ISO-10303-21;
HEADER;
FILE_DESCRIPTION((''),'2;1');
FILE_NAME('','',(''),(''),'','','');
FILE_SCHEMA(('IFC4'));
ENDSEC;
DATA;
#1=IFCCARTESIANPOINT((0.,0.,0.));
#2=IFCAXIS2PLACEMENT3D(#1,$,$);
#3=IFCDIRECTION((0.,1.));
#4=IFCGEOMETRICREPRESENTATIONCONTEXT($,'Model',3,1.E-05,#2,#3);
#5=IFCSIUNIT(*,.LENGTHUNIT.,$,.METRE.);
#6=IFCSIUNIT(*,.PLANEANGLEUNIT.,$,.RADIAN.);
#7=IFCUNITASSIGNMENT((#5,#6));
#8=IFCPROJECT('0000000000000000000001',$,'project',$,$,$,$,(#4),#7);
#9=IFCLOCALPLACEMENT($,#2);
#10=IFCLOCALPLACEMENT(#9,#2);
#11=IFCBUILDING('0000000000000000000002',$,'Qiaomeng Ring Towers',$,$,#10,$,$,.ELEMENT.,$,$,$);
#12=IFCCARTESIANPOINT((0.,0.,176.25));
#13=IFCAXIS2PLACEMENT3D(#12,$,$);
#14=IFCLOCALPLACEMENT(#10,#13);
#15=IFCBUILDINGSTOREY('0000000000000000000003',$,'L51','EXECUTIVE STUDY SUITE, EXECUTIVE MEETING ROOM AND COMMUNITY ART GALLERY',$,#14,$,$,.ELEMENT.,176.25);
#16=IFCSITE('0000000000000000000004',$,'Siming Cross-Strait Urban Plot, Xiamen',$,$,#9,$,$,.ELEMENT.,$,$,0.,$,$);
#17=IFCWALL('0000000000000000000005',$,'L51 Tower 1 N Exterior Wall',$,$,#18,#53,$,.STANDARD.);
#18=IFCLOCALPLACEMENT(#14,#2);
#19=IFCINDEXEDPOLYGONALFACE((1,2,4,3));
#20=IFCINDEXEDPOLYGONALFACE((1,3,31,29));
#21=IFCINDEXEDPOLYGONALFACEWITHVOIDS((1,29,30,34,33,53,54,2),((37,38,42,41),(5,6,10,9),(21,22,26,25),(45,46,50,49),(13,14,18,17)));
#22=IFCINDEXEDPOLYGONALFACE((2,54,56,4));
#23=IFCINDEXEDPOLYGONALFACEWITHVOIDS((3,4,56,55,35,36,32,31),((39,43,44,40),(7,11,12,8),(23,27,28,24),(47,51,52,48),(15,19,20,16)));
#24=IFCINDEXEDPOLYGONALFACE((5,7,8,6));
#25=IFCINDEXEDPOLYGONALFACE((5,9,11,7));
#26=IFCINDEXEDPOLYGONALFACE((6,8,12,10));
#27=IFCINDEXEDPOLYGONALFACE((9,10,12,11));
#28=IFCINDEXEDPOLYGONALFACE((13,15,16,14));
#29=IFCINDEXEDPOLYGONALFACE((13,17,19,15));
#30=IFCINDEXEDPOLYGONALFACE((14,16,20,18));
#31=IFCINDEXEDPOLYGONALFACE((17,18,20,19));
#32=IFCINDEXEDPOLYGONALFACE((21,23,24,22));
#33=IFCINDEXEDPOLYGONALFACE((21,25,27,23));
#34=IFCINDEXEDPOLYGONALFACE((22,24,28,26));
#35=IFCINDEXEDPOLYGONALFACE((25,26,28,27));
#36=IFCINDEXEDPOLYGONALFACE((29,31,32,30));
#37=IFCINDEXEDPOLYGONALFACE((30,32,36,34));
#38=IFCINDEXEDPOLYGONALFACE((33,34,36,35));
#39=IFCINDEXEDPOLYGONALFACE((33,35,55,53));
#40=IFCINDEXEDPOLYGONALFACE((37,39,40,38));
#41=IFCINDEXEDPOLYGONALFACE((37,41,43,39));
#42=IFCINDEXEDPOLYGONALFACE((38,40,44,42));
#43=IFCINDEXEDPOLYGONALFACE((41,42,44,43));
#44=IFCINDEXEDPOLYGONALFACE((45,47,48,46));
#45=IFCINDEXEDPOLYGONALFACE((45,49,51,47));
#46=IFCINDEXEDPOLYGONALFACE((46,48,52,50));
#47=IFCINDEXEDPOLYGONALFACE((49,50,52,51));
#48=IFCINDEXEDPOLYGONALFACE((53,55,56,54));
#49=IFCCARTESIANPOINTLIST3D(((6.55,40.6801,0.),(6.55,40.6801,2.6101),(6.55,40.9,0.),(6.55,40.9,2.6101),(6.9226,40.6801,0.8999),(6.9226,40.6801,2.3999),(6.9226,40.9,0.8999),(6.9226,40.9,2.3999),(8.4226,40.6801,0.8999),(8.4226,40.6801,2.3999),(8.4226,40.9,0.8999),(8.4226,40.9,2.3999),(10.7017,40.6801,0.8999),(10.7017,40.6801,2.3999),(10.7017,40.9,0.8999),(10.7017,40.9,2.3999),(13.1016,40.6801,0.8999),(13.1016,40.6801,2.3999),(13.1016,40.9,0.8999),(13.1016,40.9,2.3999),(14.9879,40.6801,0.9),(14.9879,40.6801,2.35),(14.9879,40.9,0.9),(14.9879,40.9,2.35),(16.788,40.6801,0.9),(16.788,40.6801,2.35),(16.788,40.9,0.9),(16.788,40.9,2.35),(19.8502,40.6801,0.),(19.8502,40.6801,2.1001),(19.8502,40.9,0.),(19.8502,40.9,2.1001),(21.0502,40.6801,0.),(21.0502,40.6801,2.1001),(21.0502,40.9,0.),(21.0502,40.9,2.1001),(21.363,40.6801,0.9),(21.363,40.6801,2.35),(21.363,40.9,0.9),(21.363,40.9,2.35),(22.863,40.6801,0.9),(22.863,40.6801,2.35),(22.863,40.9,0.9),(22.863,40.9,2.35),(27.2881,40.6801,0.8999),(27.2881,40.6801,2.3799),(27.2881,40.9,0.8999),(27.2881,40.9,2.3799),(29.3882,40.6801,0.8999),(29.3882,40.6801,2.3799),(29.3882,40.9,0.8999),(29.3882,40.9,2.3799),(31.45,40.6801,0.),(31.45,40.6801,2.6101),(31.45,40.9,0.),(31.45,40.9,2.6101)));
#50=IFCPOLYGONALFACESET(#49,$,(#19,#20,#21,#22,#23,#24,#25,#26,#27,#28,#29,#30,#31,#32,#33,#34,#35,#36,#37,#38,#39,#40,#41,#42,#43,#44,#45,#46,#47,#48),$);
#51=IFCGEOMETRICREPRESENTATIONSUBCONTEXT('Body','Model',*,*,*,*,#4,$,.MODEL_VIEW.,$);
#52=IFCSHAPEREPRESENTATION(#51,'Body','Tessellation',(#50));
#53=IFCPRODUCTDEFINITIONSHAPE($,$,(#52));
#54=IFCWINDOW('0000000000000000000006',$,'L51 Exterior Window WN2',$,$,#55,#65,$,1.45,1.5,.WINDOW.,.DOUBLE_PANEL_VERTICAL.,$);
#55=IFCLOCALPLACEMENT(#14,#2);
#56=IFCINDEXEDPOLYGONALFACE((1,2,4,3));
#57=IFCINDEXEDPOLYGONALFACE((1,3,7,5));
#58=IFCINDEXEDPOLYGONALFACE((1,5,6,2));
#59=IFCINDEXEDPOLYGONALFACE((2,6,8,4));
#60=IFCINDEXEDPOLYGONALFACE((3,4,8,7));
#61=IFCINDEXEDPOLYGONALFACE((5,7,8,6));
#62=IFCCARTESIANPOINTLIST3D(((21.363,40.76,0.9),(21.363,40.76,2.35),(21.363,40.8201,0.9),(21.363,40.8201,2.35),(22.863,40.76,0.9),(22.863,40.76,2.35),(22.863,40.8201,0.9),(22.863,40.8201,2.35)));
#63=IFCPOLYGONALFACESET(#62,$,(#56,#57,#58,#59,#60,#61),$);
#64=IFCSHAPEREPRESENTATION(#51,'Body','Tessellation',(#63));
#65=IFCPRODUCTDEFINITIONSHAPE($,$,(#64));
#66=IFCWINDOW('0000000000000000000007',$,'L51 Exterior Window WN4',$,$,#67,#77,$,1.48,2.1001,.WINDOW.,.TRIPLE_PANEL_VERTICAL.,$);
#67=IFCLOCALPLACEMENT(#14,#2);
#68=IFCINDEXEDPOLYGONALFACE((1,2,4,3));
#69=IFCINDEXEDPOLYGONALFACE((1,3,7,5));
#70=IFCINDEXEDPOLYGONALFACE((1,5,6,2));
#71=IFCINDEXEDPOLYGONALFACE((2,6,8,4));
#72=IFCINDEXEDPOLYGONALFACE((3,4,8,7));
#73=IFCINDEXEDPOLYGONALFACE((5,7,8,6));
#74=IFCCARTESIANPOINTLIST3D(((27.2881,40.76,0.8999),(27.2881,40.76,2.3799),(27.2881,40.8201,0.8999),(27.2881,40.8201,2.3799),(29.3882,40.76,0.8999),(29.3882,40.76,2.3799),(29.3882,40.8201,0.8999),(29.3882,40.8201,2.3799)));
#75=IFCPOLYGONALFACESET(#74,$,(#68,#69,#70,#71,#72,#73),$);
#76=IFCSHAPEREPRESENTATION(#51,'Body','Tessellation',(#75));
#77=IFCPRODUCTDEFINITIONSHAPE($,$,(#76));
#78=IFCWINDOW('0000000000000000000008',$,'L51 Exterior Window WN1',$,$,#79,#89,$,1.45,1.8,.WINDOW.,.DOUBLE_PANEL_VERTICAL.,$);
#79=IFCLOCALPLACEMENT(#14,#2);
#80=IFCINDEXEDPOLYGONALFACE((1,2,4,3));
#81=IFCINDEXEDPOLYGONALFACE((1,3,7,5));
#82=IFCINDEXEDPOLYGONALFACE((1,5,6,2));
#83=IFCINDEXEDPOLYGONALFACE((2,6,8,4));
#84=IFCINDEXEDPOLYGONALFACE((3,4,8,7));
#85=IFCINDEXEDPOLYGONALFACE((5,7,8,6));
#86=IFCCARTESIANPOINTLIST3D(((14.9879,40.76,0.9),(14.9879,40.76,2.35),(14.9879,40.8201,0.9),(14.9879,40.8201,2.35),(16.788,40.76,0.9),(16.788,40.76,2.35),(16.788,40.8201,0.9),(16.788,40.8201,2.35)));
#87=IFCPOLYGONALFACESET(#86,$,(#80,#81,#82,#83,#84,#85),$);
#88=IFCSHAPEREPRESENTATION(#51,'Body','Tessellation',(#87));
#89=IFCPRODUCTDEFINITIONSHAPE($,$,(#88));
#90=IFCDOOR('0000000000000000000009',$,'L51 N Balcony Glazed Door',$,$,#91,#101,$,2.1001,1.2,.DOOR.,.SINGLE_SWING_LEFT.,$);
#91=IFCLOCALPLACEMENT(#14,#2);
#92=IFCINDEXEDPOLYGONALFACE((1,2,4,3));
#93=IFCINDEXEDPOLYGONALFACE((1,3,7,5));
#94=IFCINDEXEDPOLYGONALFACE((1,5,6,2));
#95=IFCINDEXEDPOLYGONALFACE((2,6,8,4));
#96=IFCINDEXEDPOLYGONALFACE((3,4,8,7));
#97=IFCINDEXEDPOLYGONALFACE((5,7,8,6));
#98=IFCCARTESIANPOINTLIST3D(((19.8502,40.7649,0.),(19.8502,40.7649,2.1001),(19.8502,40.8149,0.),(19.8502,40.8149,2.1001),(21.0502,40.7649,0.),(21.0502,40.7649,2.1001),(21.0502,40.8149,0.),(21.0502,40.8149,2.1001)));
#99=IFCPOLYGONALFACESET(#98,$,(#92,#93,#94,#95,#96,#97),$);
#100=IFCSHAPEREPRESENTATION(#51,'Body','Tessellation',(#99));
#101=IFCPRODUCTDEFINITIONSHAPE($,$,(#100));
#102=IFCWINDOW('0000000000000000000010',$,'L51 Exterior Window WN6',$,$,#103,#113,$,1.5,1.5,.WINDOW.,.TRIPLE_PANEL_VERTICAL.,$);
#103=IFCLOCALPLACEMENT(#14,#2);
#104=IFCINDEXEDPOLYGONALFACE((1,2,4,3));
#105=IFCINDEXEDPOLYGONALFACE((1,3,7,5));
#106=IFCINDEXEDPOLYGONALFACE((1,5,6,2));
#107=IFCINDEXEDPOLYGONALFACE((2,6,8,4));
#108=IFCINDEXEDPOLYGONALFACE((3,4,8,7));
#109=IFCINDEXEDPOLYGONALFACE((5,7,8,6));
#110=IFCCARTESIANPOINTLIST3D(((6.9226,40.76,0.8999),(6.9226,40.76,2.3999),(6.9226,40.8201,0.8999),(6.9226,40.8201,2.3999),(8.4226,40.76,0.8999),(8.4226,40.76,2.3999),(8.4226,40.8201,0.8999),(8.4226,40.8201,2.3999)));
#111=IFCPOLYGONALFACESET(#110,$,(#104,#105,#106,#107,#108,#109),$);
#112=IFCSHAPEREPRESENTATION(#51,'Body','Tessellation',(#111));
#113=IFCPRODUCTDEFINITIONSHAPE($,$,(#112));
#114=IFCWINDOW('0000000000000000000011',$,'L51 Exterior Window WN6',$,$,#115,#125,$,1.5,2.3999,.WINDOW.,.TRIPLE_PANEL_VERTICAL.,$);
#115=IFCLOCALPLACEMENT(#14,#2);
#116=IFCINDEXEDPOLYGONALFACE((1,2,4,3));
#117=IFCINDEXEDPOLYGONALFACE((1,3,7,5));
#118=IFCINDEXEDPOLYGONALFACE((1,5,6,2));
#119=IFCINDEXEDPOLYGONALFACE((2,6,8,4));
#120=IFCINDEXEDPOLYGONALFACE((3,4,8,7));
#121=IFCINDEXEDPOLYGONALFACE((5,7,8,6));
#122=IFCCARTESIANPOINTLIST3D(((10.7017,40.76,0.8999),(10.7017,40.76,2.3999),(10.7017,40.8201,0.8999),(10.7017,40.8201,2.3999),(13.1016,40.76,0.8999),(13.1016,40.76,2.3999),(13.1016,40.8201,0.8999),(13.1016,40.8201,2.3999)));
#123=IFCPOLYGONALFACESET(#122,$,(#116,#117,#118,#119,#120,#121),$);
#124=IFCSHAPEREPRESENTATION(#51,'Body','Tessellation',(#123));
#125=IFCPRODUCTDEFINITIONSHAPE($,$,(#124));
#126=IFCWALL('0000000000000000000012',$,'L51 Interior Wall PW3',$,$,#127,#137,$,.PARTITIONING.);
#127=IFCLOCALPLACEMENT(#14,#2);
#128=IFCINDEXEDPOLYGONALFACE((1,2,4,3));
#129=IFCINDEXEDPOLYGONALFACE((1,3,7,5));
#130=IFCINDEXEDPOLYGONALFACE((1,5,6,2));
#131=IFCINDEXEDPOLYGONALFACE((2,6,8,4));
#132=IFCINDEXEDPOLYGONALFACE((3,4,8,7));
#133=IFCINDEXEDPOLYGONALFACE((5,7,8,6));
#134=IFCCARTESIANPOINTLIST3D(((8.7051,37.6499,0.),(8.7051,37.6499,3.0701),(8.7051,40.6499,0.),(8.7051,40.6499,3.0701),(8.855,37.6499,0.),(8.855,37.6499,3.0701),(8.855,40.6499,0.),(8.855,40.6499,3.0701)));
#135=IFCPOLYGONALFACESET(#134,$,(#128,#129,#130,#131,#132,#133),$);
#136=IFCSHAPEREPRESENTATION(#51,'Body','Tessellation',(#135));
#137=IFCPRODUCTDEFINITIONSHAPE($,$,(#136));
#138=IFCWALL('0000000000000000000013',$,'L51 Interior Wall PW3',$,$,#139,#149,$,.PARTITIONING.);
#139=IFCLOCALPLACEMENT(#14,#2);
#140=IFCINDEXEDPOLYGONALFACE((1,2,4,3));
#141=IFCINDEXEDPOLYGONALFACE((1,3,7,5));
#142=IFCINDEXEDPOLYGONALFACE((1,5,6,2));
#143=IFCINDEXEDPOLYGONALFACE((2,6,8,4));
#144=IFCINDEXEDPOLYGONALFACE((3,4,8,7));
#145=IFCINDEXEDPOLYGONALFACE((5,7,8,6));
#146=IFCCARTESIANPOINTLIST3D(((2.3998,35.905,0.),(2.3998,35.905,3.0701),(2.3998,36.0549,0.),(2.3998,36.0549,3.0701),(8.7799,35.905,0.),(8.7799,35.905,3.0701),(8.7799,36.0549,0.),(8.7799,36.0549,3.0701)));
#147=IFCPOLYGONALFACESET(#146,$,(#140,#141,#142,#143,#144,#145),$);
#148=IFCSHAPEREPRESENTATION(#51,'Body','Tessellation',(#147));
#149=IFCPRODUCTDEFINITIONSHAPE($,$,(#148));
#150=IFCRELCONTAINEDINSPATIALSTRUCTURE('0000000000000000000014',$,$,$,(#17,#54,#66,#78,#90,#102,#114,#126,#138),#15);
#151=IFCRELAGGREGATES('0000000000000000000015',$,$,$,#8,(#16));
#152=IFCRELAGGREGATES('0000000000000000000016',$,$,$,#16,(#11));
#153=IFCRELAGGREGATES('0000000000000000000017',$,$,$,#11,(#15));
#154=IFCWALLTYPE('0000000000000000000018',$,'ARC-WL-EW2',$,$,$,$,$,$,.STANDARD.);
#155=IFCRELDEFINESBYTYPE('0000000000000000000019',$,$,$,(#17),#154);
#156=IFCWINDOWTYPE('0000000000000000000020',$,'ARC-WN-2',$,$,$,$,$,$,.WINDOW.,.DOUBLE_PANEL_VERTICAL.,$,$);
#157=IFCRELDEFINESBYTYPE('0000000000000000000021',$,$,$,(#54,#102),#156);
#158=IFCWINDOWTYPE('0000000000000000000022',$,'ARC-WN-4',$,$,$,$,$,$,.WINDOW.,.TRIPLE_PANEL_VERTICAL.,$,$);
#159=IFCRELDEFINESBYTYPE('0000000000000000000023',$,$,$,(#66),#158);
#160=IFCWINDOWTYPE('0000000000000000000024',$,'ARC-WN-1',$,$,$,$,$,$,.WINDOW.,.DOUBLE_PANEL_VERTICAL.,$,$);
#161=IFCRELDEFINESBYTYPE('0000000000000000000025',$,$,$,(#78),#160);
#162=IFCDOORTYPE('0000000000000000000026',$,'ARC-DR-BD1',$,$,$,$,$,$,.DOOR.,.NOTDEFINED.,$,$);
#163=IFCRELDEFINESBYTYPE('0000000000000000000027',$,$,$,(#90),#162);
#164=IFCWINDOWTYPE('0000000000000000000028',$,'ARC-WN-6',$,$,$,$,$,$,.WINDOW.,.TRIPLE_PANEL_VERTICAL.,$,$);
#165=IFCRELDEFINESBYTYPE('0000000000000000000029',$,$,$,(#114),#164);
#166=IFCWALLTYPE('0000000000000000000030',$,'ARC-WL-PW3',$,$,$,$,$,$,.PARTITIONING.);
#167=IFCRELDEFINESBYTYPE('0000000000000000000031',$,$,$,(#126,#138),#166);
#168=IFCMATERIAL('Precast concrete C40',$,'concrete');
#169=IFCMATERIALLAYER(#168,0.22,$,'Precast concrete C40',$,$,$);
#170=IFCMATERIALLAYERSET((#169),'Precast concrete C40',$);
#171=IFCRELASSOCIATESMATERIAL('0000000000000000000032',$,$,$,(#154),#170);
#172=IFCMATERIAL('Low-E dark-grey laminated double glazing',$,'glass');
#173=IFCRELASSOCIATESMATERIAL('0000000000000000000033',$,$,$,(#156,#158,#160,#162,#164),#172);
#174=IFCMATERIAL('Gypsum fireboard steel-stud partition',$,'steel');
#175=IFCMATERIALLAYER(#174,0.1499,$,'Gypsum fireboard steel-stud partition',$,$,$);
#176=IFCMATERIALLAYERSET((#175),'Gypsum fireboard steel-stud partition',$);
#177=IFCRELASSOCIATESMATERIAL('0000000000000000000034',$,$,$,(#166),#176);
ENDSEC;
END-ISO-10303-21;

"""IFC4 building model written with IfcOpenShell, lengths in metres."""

from ifc_helpers import new_model, si_unit, direction, frame, frame_2d, origin, place, context, subcontext, project, spatial, rectangle, extrude, source, transform, mapped, material, layer, layer_set, type_object, element, fill, save


model = new_model("IFC4")

# Units and contexts
model_context = context("Model", 3, precision=1e-05, world=origin(), true_north=direction((0.0, 1.0)))
body_context = subcontext(model_context, "Body", "Model", "MODEL_VIEW")
ifc_project = project(units=[si_unit("LENGTHUNIT", "METRE"), si_unit("PLANEANGLEUNIT", "RADIAN")], contexts=[model_context])

# Site, building, storey
site_placement = place(None, origin())
site = spatial("IfcSite", under=ifc_project, at=site_placement, Name="Siming Cross-Strait Urban Plot, Xiamen", CompositionType="ELEMENT", RefElevation=0.0)
building_placement = place(site_placement, origin())
building = spatial("IfcBuilding", under=site, at=building_placement, Name="Qiaomeng Ring Towers", CompositionType="ELEMENT")
storey_placement = place(building_placement, frame((0.0, 0.0, 176.25)))
storey = spatial("IfcBuildingStorey", under=building, at=storey_placement, Name="L51", Description="EXECUTIVE STUDY SUITE, EXECUTIVE MEETING ROOM AND COMMUNITY ART GALLERY", CompositionType="ELEMENT", Elevation=176.25)

# Shared definitions
ifc_material_1 = material(Name="Low-E dark-grey laminated double glazing", Category="glass")

# Wall, openings, windows, door
ifc_material_2 = material(Name="Precast concrete C40", Category="concrete")
ifc_layer_1 = layer(ifc_material_2, 0.22, Name="Precast concrete C40")
ifc_layer_set_1 = layer_set([ifc_layer_1], Name="Precast concrete C40")
wall_type_1 = type_object("IfcWallType", Name="ARC-WL-EW2", PredefinedType="STANDARD", material=ifc_layer_set_1)
wall_1_placement = place(storey_placement, frame((6.55, 40.79, 0.0), z_axis=(0.0, 0.0, 1.0), x_axis=(1.0, 0.0, 0.0)))
wall_1 = element("IfcWall", 1, at=wall_1_placement, inside=storey, type_object=wall_type_1, Name="L51 Tower 1 N Exterior Wall", PredefinedType="STANDARD", context=body_context, shape_type="SweptSolid", body=[
    extrude(rectangle(XDim=24.8999, YDim=0.22, at=frame_2d((12.45, 0.0))), origin(), (0.0, 0.0, 1.0), 2.6101),
])
opening_1_placement = place(wall_1_placement, frame((13.3, 0.0, 0.0)))
opening_1 = element("IfcOpeningElement", 2, at=opening_1_placement, cuts=wall_1, PredefinedType="OPENING", context=body_context, shape_type="SweptSolid", body=[
    extrude(rectangle(XDim=1.2, YDim=2.1001, at=frame_2d((0.6001, 1.05))), frame((0.0, 0.1199, 0.0), z_axis=(0.0, -1.0, 0.0), x_axis=(1.0, 0.0, 0.0)), (0.0, 0.0, 1.0), 0.24),
])
opening_2_placement = place(wall_1_placement, frame((0.3726, 0.0, 0.8999)))
opening_2 = element("IfcOpeningElement", 3, at=opening_2_placement, cuts=wall_1, PredefinedType="OPENING", context=body_context, shape_type="SweptSolid", body=[
    extrude(rectangle(XDim=1.5, YDim=1.5, at=frame_2d((0.75, 0.75))), frame((0.0, 0.1199, 0.0), z_axis=(0.0, -1.0, 0.0), x_axis=(1.0, 0.0, 0.0)), (0.0, 0.0, 1.0), 0.24),
])
opening_3_placement = place(wall_1_placement, frame((8.438, 0.0, 0.8999)))
opening_3 = element("IfcOpeningElement", 4, at=opening_3_placement, cuts=wall_1, PredefinedType="OPENING", context=body_context, shape_type="SweptSolid", body=[
    extrude(rectangle(XDim=1.8, YDim=1.45, at=frame_2d((0.8999, 0.7251))), frame((0.0, 0.1199, 0.0), z_axis=(0.0, -1.0, 0.0), x_axis=(1.0, 0.0, 0.0)), (0.0, 0.0, 1.0), 0.24),
])
opening_4_placement = place(wall_1_placement, frame((14.813, 0.0, 0.8999)))
opening_4 = element("IfcOpeningElement", 5, at=opening_4_placement, cuts=wall_1, PredefinedType="OPENING", context=body_context, shape_type="SweptSolid", body=[
    extrude(rectangle(XDim=1.5, YDim=1.45, at=frame_2d((0.75, 0.7251))), frame((0.0, 0.1199, 0.0), z_axis=(0.0, -1.0, 0.0), x_axis=(1.0, 0.0, 0.0)), (0.0, 0.0, 1.0), 0.24),
])
opening_5_placement = place(wall_1_placement, frame((20.738, 0.0, 0.8999)))
opening_5 = element("IfcOpeningElement", 6, at=opening_5_placement, cuts=wall_1, PredefinedType="OPENING", context=body_context, shape_type="SweptSolid", body=[
    extrude(rectangle(XDim=2.1001, YDim=1.48, at=frame_2d((1.05, 0.74))), frame((0.0, 0.1199, 0.0), z_axis=(0.0, -1.0, 0.0), x_axis=(1.0, 0.0, 0.0)), (0.0, 0.0, 1.0), 0.24),
])
opening_6_placement = place(wall_1_placement, frame((4.1516, 0.0, 0.8999)))
opening_6 = element("IfcOpeningElement", 7, at=opening_6_placement, cuts=wall_1, PredefinedType="OPENING", context=body_context, shape_type="SweptSolid", body=[
    extrude(rectangle(XDim=2.3999, YDim=1.5, at=frame_2d((1.2, 0.75))), frame((0.0, 0.1199, 0.0), z_axis=(0.0, -1.0, 0.0), x_axis=(1.0, 0.0, 0.0)), (0.0, 0.0, 1.0), 0.24),
])
window_type_1 = type_object("IfcWindowType", Name="ARC-WN-2", PartitioningType="DOUBLE_PANEL_VERTICAL", PredefinedType="WINDOW", material=ifc_material_1)
shared_shape_1 = source(origin(), body_context, "Body", "SweptSolid", [
    extrude(rectangle(XDim=1.5, YDim=1.45, at=frame_2d((0.75, 0.7251))), frame((0.0, 0.03, 0.0), z_axis=(0.0, -1.0, 0.0), x_axis=(1.0, 0.0, 0.0)), (0.0, 0.0, 1.0), 0.0601),
])
window_1_placement = place(opening_4_placement, origin())
window_1 = element("IfcWindow", 8, at=window_1_placement, inside=storey, type_object=window_type_1, Name="L51 Exterior Window WN2", OverallHeight=1.45, OverallWidth=1.5, PartitioningType="DOUBLE_PANEL_VERTICAL", PredefinedType="WINDOW", context=body_context, shape_type="MappedRepresentation", body=[
    mapped(shared_shape_1, transform((0.0, 0.0, 0.0), x_axis=(1.0, 0.0, 0.0), y_axis=(0.0, 1.0, 0.0), z_axis=(0.0, 0.0, 1.0), scale=1.0)),
])
fill(opening_4, window_1)
window_type_2 = type_object("IfcWindowType", Name="ARC-WN-4", PartitioningType="TRIPLE_PANEL_VERTICAL", PredefinedType="WINDOW", material=ifc_material_1)
shared_shape_2 = source(origin(), body_context, "Body", "SweptSolid", [
    extrude(rectangle(XDim=2.1001, YDim=1.48, at=frame_2d((1.05, 0.74))), frame((0.0, 0.03, 0.0), z_axis=(0.0, -1.0, 0.0), x_axis=(1.0, 0.0, 0.0)), (0.0, 0.0, 1.0), 0.0601),
])
window_2_placement = place(opening_5_placement, origin())
window_2 = element("IfcWindow", 9, at=window_2_placement, inside=storey, type_object=window_type_2, Name="L51 Exterior Window WN4", OverallHeight=1.48, OverallWidth=2.1001, PartitioningType="TRIPLE_PANEL_VERTICAL", PredefinedType="WINDOW", context=body_context, shape_type="MappedRepresentation", body=[
    mapped(shared_shape_2, transform((0.0, 0.0, 0.0), x_axis=(1.0, 0.0, 0.0), y_axis=(0.0, 1.0, 0.0), z_axis=(0.0, 0.0, 1.0), scale=1.0)),
])
fill(opening_5, window_2)
window_type_3 = type_object("IfcWindowType", Name="ARC-WN-1", PartitioningType="DOUBLE_PANEL_VERTICAL", PredefinedType="WINDOW", material=ifc_material_1)
shared_shape_3 = source(origin(), body_context, "Body", "SweptSolid", [
    extrude(rectangle(XDim=1.8, YDim=1.45, at=frame_2d((0.8999, 0.7251))), frame((0.0, 0.03, 0.0), z_axis=(0.0, -1.0, 0.0), x_axis=(1.0, 0.0, 0.0)), (0.0, 0.0, 1.0), 0.0601),
])
window_3_placement = place(opening_3_placement, origin())
window_3 = element("IfcWindow", 10, at=window_3_placement, inside=storey, type_object=window_type_3, Name="L51 Exterior Window WN1", OverallHeight=1.45, OverallWidth=1.8, PartitioningType="DOUBLE_PANEL_VERTICAL", PredefinedType="WINDOW", context=body_context, shape_type="MappedRepresentation", body=[
    mapped(shared_shape_3, transform((0.0, 0.0, 0.0), x_axis=(1.0, 0.0, 0.0), y_axis=(0.0, 1.0, 0.0), z_axis=(0.0, 0.0, 1.0), scale=1.0)),
])
fill(opening_3, window_3)
door_type = type_object("IfcDoorType", Name="ARC-DR-BD1", OperationType="NOTDEFINED", PredefinedType="DOOR", material=ifc_material_1)
shared_shape_4 = source(origin(), body_context, "Body", "SweptSolid", [
    extrude(rectangle(XDim=1.2, YDim=2.1001, at=frame_2d((0.6001, 1.05))), frame((0.0, 0.0249, 0.0), z_axis=(0.0, -1.0, 0.0), x_axis=(1.0, 0.0, 0.0)), (0.0, 0.0, 1.0), 0.05),
])
door_placement = place(opening_1_placement, origin())
door = element("IfcDoor", 11, at=door_placement, inside=storey, type_object=door_type, Name="L51 N Balcony Glazed Door", OperationType="SINGLE_SWING_LEFT", OverallHeight=2.1001, OverallWidth=1.2, PredefinedType="DOOR", context=body_context, shape_type="MappedRepresentation", body=[
    mapped(shared_shape_4, transform((0.0, 0.0, 0.0), x_axis=(1.0, 0.0, 0.0), y_axis=(0.0, 1.0, 0.0), z_axis=(0.0, 0.0, 1.0), scale=1.0)),
])
fill(opening_1, door)
shared_shape_5 = source(origin(), body_context, "Body", "SweptSolid", [
    extrude(rectangle(XDim=1.5, YDim=1.5, at=frame_2d((0.75, 0.75))), frame((0.0, 0.03, 0.0), z_axis=(0.0, -1.0, 0.0), x_axis=(1.0, 0.0, 0.0)), (0.0, 0.0, 1.0), 0.0601),
])
window_4_placement = place(opening_2_placement, origin())
window_4 = element("IfcWindow", 12, at=window_4_placement, inside=storey, type_object=window_type_1, Name="L51 Exterior Window WN6", OverallHeight=1.5, OverallWidth=1.5, PartitioningType="TRIPLE_PANEL_VERTICAL", PredefinedType="WINDOW", context=body_context, shape_type="MappedRepresentation", body=[
    mapped(shared_shape_5, transform((0.0, 0.0, 0.0), x_axis=(1.0, 0.0, 0.0), y_axis=(0.0, 1.0, 0.0), z_axis=(0.0, 0.0, 1.0), scale=1.0)),
])
fill(opening_2, window_4)
window_type_4 = type_object("IfcWindowType", Name="ARC-WN-6", PartitioningType="TRIPLE_PANEL_VERTICAL", PredefinedType="WINDOW", material=ifc_material_1)
shared_shape_6 = source(origin(), body_context, "Body", "SweptSolid", [
    extrude(rectangle(XDim=2.3999, YDim=1.5, at=frame_2d((1.2, 0.75))), frame((0.0, 0.03, 0.0), z_axis=(0.0, -1.0, 0.0), x_axis=(1.0, 0.0, 0.0)), (0.0, 0.0, 1.0), 0.0601),
])
window_5_placement = place(opening_6_placement, origin())
window_5 = element("IfcWindow", 13, at=window_5_placement, inside=storey, type_object=window_type_4, Name="L51 Exterior Window WN6", OverallHeight=1.5, OverallWidth=2.3999, PartitioningType="TRIPLE_PANEL_VERTICAL", PredefinedType="WINDOW", context=body_context, shape_type="MappedRepresentation", body=[
    mapped(shared_shape_6, transform((0.0, 0.0, 0.0), x_axis=(1.0, 0.0, 0.0), y_axis=(0.0, 1.0, 0.0), z_axis=(0.0, 0.0, 1.0), scale=1.0)),
])
fill(opening_6, window_5)

# Walls
ifc_material_3 = material(Name="Gypsum fireboard steel-stud partition", Category="steel")
ifc_layer_2 = layer(ifc_material_3, 0.1499, Name="Gypsum fireboard steel-stud partition")
ifc_layer_set_2 = layer_set([ifc_layer_2], Name="Gypsum fireboard steel-stud partition")
wall_type_2 = type_object("IfcWallType", Name="ARC-WL-PW3", PredefinedType="PARTITIONING", material=ifc_layer_set_2)
wall_2_placement = place(storey_placement, frame((8.78, 37.6499, 0.0), z_axis=(0.0, 0.0, 1.0), x_axis=(0.0, 1.0, 0.0)))
element("IfcWall", 14, at=wall_2_placement, inside=storey, type_object=wall_type_2, Name="L51 Interior Wall PW3", PredefinedType="PARTITIONING", context=body_context, shape_type="SweptSolid", body=[
    extrude(rectangle(XDim=3.0, YDim=0.1499, at=frame_2d((1.5, 0.0))), origin(), (0.0, 0.0, 1.0), 3.0701),
])
wall_3_placement = place(storey_placement, frame((2.3999, 35.98, 0.0), z_axis=(0.0, 0.0, 1.0), x_axis=(1.0, 0.0, 0.0)))
element("IfcWall", 15, at=wall_3_placement, inside=storey, type_object=wall_type_2, Name="L51 Interior Wall PW3", PredefinedType="PARTITIONING", context=body_context, shape_type="SweptSolid", body=[
    extrude(rectangle(XDim=6.3801, YDim=0.1499, at=frame_2d((3.1899, 0.0))), origin(), (0.0, 0.0, 1.0), 3.0701),
])

save(model, "model.ifc")
